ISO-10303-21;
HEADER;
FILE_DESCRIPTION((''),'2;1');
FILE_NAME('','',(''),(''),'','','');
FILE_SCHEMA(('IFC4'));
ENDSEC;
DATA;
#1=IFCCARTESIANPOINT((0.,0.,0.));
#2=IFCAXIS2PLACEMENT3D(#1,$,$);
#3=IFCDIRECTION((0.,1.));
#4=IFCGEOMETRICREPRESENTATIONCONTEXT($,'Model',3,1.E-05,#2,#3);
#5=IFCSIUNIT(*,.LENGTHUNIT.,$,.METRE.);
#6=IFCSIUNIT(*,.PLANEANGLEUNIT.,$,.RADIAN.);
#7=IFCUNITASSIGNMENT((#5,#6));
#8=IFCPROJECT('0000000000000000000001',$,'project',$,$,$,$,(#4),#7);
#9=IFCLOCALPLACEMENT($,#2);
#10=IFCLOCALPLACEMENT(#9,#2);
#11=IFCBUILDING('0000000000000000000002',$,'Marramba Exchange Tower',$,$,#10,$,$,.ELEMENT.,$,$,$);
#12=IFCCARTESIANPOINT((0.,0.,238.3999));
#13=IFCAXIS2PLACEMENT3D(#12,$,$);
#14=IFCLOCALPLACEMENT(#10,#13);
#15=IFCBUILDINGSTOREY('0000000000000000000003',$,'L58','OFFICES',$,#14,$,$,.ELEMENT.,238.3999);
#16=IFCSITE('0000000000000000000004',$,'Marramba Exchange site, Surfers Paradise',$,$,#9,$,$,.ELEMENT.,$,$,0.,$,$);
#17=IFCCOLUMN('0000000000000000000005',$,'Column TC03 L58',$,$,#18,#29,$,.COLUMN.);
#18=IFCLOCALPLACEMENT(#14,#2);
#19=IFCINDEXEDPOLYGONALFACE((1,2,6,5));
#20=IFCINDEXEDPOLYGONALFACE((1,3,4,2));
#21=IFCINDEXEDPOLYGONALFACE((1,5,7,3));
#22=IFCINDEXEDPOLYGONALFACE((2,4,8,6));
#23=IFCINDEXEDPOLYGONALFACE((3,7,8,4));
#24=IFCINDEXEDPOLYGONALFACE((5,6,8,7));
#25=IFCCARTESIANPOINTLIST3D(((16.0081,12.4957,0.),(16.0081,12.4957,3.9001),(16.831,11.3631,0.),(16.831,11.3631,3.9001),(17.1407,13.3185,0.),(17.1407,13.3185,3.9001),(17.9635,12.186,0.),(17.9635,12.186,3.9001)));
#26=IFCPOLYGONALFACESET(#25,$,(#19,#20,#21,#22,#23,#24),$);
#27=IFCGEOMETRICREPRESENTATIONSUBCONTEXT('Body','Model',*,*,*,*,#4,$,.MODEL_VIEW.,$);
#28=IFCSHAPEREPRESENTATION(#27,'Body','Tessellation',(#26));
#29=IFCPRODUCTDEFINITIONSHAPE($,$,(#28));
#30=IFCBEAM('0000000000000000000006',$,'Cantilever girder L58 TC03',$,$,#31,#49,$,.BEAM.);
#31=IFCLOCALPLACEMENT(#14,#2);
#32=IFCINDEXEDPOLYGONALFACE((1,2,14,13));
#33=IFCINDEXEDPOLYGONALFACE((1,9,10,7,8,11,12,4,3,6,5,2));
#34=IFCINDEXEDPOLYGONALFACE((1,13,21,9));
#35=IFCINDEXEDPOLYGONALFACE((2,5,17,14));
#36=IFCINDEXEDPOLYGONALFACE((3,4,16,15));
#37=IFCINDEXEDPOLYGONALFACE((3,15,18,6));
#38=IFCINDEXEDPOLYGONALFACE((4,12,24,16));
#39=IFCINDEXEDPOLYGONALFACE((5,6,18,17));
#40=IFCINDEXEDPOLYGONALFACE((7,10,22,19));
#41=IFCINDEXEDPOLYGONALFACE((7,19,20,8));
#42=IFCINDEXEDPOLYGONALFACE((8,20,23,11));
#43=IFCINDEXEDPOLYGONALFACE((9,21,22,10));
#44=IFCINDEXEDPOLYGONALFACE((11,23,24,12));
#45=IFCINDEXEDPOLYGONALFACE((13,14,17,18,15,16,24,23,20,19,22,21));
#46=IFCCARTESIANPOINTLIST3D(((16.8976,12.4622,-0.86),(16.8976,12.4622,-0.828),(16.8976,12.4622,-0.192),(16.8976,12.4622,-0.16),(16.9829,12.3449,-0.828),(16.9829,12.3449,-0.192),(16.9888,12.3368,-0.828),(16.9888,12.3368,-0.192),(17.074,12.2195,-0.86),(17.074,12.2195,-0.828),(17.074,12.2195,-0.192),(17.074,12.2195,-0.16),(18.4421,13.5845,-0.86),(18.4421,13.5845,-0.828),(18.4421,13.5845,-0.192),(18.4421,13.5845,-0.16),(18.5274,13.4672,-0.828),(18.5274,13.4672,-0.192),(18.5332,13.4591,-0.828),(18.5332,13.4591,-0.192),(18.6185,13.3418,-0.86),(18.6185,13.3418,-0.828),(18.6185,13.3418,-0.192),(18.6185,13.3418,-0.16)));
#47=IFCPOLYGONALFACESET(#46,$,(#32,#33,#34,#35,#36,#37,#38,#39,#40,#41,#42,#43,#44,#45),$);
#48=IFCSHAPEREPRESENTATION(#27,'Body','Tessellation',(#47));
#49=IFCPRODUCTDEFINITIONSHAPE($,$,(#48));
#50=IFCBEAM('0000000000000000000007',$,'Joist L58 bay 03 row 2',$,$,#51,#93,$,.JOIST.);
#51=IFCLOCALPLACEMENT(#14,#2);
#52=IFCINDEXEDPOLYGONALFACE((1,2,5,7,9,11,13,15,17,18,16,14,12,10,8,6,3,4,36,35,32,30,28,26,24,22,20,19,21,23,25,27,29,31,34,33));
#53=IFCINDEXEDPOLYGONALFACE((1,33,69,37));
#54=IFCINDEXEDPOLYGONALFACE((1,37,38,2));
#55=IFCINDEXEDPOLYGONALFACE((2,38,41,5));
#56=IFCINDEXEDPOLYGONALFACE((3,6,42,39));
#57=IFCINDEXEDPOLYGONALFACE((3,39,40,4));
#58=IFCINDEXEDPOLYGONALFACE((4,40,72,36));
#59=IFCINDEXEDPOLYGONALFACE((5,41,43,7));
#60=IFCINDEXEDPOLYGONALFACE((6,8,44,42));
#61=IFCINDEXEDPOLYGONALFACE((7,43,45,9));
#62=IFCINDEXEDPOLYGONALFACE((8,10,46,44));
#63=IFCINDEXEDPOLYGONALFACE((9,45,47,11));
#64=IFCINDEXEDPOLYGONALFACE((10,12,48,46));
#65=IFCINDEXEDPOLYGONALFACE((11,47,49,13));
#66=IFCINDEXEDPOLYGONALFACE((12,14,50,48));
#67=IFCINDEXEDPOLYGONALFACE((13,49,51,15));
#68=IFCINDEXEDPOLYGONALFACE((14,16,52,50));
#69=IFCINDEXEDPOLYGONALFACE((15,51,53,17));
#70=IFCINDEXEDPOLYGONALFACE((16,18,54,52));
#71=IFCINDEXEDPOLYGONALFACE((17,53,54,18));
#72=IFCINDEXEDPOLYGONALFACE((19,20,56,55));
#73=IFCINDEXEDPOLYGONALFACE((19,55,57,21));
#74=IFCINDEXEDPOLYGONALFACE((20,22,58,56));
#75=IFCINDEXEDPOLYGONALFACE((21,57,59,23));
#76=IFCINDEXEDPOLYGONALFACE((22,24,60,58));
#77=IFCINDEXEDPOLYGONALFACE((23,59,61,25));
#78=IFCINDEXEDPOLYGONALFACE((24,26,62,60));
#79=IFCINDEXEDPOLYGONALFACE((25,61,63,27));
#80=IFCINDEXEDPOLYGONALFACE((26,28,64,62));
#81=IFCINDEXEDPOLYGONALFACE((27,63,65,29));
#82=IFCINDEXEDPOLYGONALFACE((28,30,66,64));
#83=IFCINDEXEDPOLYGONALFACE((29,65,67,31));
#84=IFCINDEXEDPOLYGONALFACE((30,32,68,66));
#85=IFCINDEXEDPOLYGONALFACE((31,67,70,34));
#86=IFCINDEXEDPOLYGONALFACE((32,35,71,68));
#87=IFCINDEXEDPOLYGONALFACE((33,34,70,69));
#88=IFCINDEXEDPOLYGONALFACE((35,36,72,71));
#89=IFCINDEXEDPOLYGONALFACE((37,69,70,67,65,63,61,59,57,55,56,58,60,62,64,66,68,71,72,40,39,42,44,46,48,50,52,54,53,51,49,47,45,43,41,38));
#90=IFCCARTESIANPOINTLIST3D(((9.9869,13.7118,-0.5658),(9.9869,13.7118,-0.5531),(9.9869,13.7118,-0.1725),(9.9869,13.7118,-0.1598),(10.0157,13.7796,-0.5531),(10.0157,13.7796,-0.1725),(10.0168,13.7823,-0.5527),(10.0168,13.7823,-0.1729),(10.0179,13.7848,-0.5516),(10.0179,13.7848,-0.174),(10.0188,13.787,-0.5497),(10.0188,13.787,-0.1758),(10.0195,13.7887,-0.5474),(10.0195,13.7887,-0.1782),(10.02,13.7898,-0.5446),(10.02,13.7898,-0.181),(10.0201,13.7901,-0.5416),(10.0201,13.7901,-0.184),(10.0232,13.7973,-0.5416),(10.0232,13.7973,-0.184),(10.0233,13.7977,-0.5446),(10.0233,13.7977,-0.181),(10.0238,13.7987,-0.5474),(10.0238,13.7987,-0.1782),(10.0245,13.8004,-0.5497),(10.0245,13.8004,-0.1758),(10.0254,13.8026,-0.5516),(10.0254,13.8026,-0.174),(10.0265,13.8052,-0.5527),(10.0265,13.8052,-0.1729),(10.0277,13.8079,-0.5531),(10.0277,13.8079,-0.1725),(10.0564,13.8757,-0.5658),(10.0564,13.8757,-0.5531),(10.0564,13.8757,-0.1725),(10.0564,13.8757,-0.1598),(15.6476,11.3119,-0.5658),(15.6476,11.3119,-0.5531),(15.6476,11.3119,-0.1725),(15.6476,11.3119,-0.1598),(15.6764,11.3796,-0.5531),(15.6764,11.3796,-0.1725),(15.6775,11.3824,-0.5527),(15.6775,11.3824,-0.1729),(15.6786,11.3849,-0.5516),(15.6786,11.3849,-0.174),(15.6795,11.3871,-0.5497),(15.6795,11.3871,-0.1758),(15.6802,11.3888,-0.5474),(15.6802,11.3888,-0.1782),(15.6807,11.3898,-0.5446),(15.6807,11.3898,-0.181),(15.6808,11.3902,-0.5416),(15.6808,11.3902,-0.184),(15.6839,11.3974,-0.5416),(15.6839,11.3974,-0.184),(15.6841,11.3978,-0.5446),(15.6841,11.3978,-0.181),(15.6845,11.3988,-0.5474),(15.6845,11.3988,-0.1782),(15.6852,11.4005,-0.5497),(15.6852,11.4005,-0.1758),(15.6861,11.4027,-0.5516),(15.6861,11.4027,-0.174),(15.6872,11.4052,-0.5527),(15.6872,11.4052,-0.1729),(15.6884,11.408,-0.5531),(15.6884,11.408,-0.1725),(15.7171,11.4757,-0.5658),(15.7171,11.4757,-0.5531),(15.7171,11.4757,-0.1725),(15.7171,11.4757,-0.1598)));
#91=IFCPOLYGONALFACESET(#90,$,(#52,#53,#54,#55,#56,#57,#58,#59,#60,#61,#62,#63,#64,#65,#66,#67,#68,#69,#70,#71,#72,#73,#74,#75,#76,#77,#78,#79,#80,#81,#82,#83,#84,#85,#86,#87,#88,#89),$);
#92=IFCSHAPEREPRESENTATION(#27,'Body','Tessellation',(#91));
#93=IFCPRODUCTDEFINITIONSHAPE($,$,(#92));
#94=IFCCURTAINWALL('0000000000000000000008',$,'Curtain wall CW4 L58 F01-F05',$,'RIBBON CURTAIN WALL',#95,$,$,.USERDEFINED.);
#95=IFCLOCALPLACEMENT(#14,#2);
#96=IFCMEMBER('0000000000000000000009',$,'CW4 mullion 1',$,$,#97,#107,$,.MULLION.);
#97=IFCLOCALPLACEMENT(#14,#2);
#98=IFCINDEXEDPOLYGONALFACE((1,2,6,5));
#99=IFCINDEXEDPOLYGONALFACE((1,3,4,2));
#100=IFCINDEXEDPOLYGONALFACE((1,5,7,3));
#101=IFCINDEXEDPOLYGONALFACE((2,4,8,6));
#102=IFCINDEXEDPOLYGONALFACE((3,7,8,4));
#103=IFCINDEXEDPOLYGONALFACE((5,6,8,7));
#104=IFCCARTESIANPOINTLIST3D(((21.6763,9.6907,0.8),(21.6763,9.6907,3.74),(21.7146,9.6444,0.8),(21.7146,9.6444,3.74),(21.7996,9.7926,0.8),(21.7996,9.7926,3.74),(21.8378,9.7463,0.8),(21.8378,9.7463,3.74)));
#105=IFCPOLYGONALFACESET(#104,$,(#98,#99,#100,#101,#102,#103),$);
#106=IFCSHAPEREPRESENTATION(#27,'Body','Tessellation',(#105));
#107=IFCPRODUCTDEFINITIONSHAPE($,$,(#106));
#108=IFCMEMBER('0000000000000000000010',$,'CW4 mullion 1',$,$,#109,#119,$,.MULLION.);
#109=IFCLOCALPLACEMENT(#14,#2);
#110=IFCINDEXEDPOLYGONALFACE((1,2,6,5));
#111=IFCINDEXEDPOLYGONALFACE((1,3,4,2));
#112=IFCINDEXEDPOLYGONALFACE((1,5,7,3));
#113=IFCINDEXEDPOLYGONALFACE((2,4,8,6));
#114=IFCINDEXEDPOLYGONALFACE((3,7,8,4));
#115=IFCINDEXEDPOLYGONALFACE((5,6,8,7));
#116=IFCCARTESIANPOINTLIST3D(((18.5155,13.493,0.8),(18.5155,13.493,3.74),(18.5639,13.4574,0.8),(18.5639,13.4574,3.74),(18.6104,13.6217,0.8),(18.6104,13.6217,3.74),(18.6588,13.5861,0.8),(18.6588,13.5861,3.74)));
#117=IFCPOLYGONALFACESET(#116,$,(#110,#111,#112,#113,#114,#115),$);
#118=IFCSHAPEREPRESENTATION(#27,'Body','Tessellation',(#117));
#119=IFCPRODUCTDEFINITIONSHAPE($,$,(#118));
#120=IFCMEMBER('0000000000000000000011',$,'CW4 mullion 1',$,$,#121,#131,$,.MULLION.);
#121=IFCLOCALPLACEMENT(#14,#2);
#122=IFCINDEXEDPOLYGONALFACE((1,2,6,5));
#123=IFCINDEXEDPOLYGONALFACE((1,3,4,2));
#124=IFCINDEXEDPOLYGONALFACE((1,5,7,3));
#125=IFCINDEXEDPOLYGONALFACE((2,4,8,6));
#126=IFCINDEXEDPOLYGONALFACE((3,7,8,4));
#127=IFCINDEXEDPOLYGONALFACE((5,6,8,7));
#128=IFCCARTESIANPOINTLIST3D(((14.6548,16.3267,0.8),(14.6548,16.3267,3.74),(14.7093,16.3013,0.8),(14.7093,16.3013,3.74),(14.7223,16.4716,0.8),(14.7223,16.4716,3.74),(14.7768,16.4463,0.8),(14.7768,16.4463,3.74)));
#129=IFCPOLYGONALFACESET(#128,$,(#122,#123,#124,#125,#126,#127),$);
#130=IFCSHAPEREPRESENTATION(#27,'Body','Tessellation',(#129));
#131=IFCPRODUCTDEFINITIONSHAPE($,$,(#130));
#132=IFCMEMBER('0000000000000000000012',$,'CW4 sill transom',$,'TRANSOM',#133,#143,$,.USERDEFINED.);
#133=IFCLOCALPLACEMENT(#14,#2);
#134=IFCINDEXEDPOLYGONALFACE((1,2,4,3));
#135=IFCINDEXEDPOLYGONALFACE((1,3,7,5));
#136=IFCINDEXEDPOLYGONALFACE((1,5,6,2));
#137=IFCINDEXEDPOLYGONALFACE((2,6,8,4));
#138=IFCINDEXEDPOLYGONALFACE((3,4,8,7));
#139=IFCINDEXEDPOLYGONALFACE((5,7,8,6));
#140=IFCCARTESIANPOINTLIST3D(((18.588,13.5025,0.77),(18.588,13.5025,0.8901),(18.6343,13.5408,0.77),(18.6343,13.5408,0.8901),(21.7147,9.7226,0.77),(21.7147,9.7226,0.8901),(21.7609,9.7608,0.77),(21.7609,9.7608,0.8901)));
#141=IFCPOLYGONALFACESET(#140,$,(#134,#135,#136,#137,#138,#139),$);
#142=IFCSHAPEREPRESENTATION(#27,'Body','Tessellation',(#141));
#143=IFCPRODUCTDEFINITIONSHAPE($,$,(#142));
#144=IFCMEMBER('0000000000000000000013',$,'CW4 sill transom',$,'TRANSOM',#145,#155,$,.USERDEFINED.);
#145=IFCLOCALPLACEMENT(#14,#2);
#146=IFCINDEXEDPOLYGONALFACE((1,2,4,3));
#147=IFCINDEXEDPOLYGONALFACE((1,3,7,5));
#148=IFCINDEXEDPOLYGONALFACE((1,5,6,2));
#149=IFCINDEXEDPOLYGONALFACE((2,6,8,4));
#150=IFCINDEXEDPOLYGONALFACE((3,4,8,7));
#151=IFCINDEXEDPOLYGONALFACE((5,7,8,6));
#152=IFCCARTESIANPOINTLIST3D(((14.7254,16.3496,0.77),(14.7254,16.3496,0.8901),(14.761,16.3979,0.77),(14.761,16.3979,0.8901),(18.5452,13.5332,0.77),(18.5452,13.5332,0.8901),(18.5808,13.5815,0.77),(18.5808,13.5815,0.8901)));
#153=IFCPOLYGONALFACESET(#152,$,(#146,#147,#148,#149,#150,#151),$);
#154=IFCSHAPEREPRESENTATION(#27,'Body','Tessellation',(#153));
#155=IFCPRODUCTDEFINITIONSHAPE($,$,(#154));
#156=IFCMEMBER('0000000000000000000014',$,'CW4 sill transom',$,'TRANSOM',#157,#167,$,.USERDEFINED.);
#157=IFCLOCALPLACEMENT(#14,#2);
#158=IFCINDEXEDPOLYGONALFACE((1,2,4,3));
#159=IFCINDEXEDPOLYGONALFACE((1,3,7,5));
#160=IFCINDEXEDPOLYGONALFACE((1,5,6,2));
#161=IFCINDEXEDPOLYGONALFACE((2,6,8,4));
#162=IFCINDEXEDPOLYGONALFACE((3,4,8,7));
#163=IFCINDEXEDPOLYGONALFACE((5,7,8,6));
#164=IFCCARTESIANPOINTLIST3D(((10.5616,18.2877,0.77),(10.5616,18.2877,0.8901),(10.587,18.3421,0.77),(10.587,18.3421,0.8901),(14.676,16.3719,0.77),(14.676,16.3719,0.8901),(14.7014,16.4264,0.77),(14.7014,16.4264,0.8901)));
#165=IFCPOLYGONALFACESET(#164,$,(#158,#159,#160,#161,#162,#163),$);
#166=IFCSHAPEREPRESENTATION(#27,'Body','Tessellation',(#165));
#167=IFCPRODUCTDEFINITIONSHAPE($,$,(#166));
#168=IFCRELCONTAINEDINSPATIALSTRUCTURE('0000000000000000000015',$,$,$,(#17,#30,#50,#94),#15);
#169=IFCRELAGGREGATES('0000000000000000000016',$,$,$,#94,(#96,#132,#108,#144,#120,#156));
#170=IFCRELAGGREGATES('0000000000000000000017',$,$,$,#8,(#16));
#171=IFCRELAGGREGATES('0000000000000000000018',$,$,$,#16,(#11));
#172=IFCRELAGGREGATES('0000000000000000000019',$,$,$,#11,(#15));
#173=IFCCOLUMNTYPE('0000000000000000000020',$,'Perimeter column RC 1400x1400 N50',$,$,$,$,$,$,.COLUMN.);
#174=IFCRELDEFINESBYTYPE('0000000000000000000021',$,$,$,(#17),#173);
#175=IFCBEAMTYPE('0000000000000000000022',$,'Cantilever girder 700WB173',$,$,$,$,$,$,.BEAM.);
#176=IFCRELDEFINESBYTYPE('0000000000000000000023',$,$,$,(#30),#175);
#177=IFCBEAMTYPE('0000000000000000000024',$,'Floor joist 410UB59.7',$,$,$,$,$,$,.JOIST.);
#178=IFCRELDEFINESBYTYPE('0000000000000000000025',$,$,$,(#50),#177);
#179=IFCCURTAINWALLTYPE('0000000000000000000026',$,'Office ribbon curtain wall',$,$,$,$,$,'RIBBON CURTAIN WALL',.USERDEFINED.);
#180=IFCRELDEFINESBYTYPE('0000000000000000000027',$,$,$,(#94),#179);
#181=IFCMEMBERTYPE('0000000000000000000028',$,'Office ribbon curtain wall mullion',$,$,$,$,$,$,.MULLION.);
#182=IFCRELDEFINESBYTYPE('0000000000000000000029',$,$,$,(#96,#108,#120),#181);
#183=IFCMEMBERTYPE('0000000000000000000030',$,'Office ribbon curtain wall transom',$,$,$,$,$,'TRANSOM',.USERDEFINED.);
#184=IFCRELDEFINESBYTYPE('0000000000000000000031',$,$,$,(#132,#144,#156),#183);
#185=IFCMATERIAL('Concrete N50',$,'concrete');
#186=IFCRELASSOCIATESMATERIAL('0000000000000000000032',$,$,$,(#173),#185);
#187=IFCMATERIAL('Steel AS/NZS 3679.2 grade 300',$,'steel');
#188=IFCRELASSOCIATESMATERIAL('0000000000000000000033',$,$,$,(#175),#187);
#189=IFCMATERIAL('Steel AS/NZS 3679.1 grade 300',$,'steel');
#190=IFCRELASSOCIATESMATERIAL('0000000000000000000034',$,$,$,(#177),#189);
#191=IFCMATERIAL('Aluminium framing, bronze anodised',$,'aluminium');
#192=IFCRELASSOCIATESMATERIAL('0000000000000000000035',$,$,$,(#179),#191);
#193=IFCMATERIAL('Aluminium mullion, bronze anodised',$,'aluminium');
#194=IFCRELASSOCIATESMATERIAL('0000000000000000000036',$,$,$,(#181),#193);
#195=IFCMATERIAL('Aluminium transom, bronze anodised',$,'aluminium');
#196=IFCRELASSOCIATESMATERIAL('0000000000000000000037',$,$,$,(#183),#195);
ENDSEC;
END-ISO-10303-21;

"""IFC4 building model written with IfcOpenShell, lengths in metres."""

from ifc_helpers import new_model, si_unit, direction, frame, origin, origin_2d, place, context, subcontext, project, spatial, rectangle, i_section, extrude, material, material_profile, profile_set, type_object, element, aggregate, save


model = new_model("IFC4")

# Units and contexts
model_context = context("Model", 3, precision=1e-05, world=origin(), true_north=direction((0.0, 1.0)))
body_context = subcontext(model_context, "Body", "Model", "MODEL_VIEW")
ifc_project = project(units=[si_unit("LENGTHUNIT", "METRE"), si_unit("PLANEANGLEUNIT", "RADIAN")], contexts=[model_context])

# Site, building, storey
site_placement = place(None, origin())
site = spatial("IfcSite", under=ifc_project, at=site_placement, Name="Marramba Exchange site, Surfers Paradise", CompositionType="ELEMENT", RefElevation=0.0)
building_placement = place(site_placement, origin())
building = spatial("IfcBuilding", under=site, at=building_placement, Name="Marramba Exchange Tower", CompositionType="ELEMENT")
storey_placement = place(building_placement, frame((0.0, 0.0, 238.3999)))
storey = spatial("IfcBuildingStorey", under=building, at=storey_placement, Name="L58", Description="OFFICES", CompositionType="ELEMENT", Elevation=238.3999)

# Column
ifc_material_1 = material(Name="Concrete N50", Category="concrete")
ifc_material_profile_1 = material_profile(ifc_material_1, rectangle(XDim=1.3999, YDim=1.3999, at=origin_2d()), Name="RC 1400x1400")
ifc_profile_set_1 = profile_set([ifc_material_profile_1], Name="Concrete N50")
column_type = type_object("IfcColumnType", Name="Perimeter column RC 1400x1400 N50", PredefinedType="COLUMN", material=ifc_profile_set_1)
column_placement = place(storey_placement, frame((16.9858, 12.3408, 0.0), z_axis=(0.0, 0.0, 1.0), x_axis=(0.809017, 0.587785, 0.0)))
element("IfcColumn", 1, at=column_placement, inside=storey, type_object=column_type, Name="Column TC03 L58", PredefinedType="COLUMN", context=body_context, shape_type="SweptSolid", body=[
    extrude(rectangle(XDim=1.3999, YDim=1.3999, at=origin_2d()), origin(), (0.0, 0.0, 1.0), 3.9001),
])

# Beams
ifc_material_2 = material(Name="Steel AS/NZS 3679.2 grade 300", Category="steel")
ifc_material_profile_2 = material_profile(ifc_material_2, i_section(OverallWidth=0.3, OverallDepth=0.7, WebThickness=0.01, FlangeThickness=0.032, at=origin_2d()), Name="700WB173")
ifc_profile_set_2 = profile_set([ifc_material_profile_2], Name="Steel AS/NZS 3679.2 grade 300")
beam_type_1 = type_object("IfcBeamType", Name="Cantilever girder 700WB173", PredefinedType="BEAM", material=ifc_profile_set_2)
beam_1_placement = place(storey_placement, frame((16.9858, 12.3408, -0.51), z_axis=(0.808963, 0.58786, 0.0), x_axis=(-0.58786, 0.808963, 0.0)))
element("IfcBeam", 2, at=beam_1_placement, inside=storey, type_object=beam_type_1, Name="Cantilever girder L58 TC03", PredefinedType="BEAM", context=body_context, shape_type="SweptSolid", body=[
    extrude(i_section(OverallWidth=0.3, OverallDepth=0.7, WebThickness=0.01, FlangeThickness=0.032, at=origin_2d()), origin(), (0.0, 0.0, 1.0), 1.9092),
])
ifc_material_3 = material(Name="Steel AS/NZS 3679.1 grade 300", Category="steel")
ifc_material_profile_3 = material_profile(ifc_material_3, i_section(OverallWidth=0.178, OverallDepth=0.406, WebThickness=0.0078, FlangeThickness=0.0127, FilletRadius=0.0115, at=origin_2d()), Name="410UB59.7")
ifc_profile_set_3 = profile_set([ifc_material_profile_3], Name="Steel AS/NZS 3679.1 grade 300")
beam_type_2 = type_object("IfcBeamType", Name="Floor joist 410UB59.7", PredefinedType="JOIST", material=ifc_profile_set_3)
beam_2_placement = place(storey_placement, frame((15.6824, 11.3938, -0.3628), z_axis=(-0.920674, 0.390332, 0.0), x_axis=(-0.390332, -0.920674, 0.0)))
element("IfcBeam", 3, at=beam_2_placement, inside=storey, type_object=beam_type_2, Name="Joist L58 bay 03 row 2", PredefinedType="JOIST", context=body_context, shape_type="SweptSolid", body=[
    extrude(i_section(OverallWidth=0.178, OverallDepth=0.406, WebThickness=0.0078, FlangeThickness=0.0127, FilletRadius=0.0115, at=origin_2d()), origin(), (0.0, 0.0, 1.0), 6.1484),
])

# Curtain wall, members
ifc_material_4 = material(Name="Aluminium framing, bronze anodised", Category="aluminium")
curtain_wall_type = type_object("IfcCurtainWallType", Name="Office ribbon curtain wall", ElementType="RIBBON CURTAIN WALL", PredefinedType="USERDEFINED", material=ifc_material_4)
curtain_wall_placement = place(storey_placement, origin())
curtain_wall = element("IfcCurtainWall", 4, at=curtain_wall_placement, inside=storey, type_object=curtain_wall_type, Name="Curtain wall CW4 L58 F01-F05", ObjectType="RIBBON CURTAIN WALL", PredefinedType="USERDEFINED")
ifc_material_5 = material(Name="Aluminium mullion, bronze anodised", Category="aluminium")
ifc_material_profile_4 = material_profile(ifc_material_5, rectangle(XDim=0.1599, YDim=0.0601, at=origin_2d()), Name="CW4 mullion 60x160")
ifc_profile_set_4 = profile_set([ifc_material_profile_4], Name="Aluminium mullion, bronze anodised")
member_type_1 = type_object("IfcMemberType", Name="Office ribbon curtain wall mullion", PredefinedType="MULLION", material=ifc_profile_set_4)
member_1_placement = place(storey_placement, frame((21.7571, 9.7185, 0.8), z_axis=(0.0, 0.0, 1.0), x_axis=(-0.770574, -0.63735, 0.0)))
member_1 = element("IfcMember", 5, at=member_1_placement, type_object=member_type_1, Name="CW4 mullion 1", PredefinedType="MULLION", context=body_context, shape_type="SweptSolid", body=[
    extrude(rectangle(XDim=0.1599, YDim=0.0601, at=origin_2d()), origin(), (0.0, 0.0, 1.0), 2.9399),
])
member_2_placement = place(storey_placement, frame((18.5872, 13.5396, 0.8), z_axis=(0.0, 0.0, 1.0), x_axis=(-0.593441, -0.804877, 0.0)))
member_2 = element("IfcMember", 6, at=member_2_placement, type_object=member_type_1, Name="CW4 mullion 1", PredefinedType="MULLION", context=body_context, shape_type="SweptSolid", body=[
    extrude(rectangle(XDim=0.1599, YDim=0.0601, at=origin_2d()), origin(), (0.0, 0.0, 1.0), 2.9399),
])
member_3_placement = place(storey_placement, frame((14.7158, 16.3865, 0.8), z_axis=(0.0, 0.0, 1.0), x_axis=(-0.422133, -0.906534, 0.0)))
member_3 = element("IfcMember", 7, at=member_3_placement, type_object=member_type_1, Name="CW4 mullion 1", PredefinedType="MULLION", context=body_context, shape_type="SweptSolid", body=[
    extrude(rectangle(XDim=0.1599, YDim=0.0601, at=origin_2d()), origin(), (0.0, 0.0, 1.0), 2.9399),
])
ifc_material_6 = material(Name="Aluminium transom, bronze anodised", Category="aluminium")
ifc_material_profile_5 = material_profile(ifc_material_6, rectangle(XDim=0.0601, YDim=0.1201, at=origin_2d()), Name="CW4 transom 60x120")
ifc_profile_set_5 = profile_set([ifc_material_profile_5], Name="Aluminium transom, bronze anodised")
member_type_2 = type_object("IfcMemberType", Name="Office ribbon curtain wall transom", ElementType="TRANSOM", PredefinedType="USERDEFINED", material=ifc_profile_set_5)
member_4_placement = place(storey_placement, frame((21.7378, 9.7417, 0.8301), z_axis=(-0.637375, 0.770554, 0.0), x_axis=(-0.770554, -0.637375, 0.0)))
member_4 = element("IfcMember", 8, at=member_4_placement, type_object=member_type_2, Name="CW4 sill transom", ObjectType="TRANSOM", PredefinedType="USERDEFINED", context=body_context, shape_type="SweptSolid", body=[
    extrude(rectangle(XDim=0.0601, YDim=0.1201, at=origin_2d()), origin(), (0.0, 0.0, 1.0), 4.9055),
])
member_5_placement = place(storey_placement, frame((18.563, 13.5574, 0.8301), z_axis=(-0.804875, 0.593445, 0.0), x_axis=(-0.593445, -0.804875, 0.0)))
member_5 = element("IfcMember", 9, at=member_5_placement, type_object=member_type_2, Name="CW4 sill transom", ObjectType="TRANSOM", PredefinedType="USERDEFINED", context=body_context, shape_type="SweptSolid", body=[
    extrude(rectangle(XDim=0.0601, YDim=0.1201, at=origin_2d()), origin(), (0.0, 0.0, 1.0), 4.7458),
])
member_6_placement = place(storey_placement, frame((14.6887, 16.3992, 0.8301), z_axis=(-0.906548, 0.422102, 0.0), x_axis=(-0.422102, -0.906548, 0.0)))
member_6 = element("IfcMember", 10, at=member_6_placement, type_object=member_type_2, Name="CW4 sill transom", ObjectType="TRANSOM", PredefinedType="USERDEFINED", context=body_context, shape_type="SweptSolid", body=[
    extrude(rectangle(XDim=0.0601, YDim=0.1201, at=origin_2d()), origin(), (0.0, 0.0, 1.0), 4.5386),
])

aggregate(curtain_wall, [member_1, member_4, member_2, member_5, member_3, member_6])

save(model, "model.ifc")
